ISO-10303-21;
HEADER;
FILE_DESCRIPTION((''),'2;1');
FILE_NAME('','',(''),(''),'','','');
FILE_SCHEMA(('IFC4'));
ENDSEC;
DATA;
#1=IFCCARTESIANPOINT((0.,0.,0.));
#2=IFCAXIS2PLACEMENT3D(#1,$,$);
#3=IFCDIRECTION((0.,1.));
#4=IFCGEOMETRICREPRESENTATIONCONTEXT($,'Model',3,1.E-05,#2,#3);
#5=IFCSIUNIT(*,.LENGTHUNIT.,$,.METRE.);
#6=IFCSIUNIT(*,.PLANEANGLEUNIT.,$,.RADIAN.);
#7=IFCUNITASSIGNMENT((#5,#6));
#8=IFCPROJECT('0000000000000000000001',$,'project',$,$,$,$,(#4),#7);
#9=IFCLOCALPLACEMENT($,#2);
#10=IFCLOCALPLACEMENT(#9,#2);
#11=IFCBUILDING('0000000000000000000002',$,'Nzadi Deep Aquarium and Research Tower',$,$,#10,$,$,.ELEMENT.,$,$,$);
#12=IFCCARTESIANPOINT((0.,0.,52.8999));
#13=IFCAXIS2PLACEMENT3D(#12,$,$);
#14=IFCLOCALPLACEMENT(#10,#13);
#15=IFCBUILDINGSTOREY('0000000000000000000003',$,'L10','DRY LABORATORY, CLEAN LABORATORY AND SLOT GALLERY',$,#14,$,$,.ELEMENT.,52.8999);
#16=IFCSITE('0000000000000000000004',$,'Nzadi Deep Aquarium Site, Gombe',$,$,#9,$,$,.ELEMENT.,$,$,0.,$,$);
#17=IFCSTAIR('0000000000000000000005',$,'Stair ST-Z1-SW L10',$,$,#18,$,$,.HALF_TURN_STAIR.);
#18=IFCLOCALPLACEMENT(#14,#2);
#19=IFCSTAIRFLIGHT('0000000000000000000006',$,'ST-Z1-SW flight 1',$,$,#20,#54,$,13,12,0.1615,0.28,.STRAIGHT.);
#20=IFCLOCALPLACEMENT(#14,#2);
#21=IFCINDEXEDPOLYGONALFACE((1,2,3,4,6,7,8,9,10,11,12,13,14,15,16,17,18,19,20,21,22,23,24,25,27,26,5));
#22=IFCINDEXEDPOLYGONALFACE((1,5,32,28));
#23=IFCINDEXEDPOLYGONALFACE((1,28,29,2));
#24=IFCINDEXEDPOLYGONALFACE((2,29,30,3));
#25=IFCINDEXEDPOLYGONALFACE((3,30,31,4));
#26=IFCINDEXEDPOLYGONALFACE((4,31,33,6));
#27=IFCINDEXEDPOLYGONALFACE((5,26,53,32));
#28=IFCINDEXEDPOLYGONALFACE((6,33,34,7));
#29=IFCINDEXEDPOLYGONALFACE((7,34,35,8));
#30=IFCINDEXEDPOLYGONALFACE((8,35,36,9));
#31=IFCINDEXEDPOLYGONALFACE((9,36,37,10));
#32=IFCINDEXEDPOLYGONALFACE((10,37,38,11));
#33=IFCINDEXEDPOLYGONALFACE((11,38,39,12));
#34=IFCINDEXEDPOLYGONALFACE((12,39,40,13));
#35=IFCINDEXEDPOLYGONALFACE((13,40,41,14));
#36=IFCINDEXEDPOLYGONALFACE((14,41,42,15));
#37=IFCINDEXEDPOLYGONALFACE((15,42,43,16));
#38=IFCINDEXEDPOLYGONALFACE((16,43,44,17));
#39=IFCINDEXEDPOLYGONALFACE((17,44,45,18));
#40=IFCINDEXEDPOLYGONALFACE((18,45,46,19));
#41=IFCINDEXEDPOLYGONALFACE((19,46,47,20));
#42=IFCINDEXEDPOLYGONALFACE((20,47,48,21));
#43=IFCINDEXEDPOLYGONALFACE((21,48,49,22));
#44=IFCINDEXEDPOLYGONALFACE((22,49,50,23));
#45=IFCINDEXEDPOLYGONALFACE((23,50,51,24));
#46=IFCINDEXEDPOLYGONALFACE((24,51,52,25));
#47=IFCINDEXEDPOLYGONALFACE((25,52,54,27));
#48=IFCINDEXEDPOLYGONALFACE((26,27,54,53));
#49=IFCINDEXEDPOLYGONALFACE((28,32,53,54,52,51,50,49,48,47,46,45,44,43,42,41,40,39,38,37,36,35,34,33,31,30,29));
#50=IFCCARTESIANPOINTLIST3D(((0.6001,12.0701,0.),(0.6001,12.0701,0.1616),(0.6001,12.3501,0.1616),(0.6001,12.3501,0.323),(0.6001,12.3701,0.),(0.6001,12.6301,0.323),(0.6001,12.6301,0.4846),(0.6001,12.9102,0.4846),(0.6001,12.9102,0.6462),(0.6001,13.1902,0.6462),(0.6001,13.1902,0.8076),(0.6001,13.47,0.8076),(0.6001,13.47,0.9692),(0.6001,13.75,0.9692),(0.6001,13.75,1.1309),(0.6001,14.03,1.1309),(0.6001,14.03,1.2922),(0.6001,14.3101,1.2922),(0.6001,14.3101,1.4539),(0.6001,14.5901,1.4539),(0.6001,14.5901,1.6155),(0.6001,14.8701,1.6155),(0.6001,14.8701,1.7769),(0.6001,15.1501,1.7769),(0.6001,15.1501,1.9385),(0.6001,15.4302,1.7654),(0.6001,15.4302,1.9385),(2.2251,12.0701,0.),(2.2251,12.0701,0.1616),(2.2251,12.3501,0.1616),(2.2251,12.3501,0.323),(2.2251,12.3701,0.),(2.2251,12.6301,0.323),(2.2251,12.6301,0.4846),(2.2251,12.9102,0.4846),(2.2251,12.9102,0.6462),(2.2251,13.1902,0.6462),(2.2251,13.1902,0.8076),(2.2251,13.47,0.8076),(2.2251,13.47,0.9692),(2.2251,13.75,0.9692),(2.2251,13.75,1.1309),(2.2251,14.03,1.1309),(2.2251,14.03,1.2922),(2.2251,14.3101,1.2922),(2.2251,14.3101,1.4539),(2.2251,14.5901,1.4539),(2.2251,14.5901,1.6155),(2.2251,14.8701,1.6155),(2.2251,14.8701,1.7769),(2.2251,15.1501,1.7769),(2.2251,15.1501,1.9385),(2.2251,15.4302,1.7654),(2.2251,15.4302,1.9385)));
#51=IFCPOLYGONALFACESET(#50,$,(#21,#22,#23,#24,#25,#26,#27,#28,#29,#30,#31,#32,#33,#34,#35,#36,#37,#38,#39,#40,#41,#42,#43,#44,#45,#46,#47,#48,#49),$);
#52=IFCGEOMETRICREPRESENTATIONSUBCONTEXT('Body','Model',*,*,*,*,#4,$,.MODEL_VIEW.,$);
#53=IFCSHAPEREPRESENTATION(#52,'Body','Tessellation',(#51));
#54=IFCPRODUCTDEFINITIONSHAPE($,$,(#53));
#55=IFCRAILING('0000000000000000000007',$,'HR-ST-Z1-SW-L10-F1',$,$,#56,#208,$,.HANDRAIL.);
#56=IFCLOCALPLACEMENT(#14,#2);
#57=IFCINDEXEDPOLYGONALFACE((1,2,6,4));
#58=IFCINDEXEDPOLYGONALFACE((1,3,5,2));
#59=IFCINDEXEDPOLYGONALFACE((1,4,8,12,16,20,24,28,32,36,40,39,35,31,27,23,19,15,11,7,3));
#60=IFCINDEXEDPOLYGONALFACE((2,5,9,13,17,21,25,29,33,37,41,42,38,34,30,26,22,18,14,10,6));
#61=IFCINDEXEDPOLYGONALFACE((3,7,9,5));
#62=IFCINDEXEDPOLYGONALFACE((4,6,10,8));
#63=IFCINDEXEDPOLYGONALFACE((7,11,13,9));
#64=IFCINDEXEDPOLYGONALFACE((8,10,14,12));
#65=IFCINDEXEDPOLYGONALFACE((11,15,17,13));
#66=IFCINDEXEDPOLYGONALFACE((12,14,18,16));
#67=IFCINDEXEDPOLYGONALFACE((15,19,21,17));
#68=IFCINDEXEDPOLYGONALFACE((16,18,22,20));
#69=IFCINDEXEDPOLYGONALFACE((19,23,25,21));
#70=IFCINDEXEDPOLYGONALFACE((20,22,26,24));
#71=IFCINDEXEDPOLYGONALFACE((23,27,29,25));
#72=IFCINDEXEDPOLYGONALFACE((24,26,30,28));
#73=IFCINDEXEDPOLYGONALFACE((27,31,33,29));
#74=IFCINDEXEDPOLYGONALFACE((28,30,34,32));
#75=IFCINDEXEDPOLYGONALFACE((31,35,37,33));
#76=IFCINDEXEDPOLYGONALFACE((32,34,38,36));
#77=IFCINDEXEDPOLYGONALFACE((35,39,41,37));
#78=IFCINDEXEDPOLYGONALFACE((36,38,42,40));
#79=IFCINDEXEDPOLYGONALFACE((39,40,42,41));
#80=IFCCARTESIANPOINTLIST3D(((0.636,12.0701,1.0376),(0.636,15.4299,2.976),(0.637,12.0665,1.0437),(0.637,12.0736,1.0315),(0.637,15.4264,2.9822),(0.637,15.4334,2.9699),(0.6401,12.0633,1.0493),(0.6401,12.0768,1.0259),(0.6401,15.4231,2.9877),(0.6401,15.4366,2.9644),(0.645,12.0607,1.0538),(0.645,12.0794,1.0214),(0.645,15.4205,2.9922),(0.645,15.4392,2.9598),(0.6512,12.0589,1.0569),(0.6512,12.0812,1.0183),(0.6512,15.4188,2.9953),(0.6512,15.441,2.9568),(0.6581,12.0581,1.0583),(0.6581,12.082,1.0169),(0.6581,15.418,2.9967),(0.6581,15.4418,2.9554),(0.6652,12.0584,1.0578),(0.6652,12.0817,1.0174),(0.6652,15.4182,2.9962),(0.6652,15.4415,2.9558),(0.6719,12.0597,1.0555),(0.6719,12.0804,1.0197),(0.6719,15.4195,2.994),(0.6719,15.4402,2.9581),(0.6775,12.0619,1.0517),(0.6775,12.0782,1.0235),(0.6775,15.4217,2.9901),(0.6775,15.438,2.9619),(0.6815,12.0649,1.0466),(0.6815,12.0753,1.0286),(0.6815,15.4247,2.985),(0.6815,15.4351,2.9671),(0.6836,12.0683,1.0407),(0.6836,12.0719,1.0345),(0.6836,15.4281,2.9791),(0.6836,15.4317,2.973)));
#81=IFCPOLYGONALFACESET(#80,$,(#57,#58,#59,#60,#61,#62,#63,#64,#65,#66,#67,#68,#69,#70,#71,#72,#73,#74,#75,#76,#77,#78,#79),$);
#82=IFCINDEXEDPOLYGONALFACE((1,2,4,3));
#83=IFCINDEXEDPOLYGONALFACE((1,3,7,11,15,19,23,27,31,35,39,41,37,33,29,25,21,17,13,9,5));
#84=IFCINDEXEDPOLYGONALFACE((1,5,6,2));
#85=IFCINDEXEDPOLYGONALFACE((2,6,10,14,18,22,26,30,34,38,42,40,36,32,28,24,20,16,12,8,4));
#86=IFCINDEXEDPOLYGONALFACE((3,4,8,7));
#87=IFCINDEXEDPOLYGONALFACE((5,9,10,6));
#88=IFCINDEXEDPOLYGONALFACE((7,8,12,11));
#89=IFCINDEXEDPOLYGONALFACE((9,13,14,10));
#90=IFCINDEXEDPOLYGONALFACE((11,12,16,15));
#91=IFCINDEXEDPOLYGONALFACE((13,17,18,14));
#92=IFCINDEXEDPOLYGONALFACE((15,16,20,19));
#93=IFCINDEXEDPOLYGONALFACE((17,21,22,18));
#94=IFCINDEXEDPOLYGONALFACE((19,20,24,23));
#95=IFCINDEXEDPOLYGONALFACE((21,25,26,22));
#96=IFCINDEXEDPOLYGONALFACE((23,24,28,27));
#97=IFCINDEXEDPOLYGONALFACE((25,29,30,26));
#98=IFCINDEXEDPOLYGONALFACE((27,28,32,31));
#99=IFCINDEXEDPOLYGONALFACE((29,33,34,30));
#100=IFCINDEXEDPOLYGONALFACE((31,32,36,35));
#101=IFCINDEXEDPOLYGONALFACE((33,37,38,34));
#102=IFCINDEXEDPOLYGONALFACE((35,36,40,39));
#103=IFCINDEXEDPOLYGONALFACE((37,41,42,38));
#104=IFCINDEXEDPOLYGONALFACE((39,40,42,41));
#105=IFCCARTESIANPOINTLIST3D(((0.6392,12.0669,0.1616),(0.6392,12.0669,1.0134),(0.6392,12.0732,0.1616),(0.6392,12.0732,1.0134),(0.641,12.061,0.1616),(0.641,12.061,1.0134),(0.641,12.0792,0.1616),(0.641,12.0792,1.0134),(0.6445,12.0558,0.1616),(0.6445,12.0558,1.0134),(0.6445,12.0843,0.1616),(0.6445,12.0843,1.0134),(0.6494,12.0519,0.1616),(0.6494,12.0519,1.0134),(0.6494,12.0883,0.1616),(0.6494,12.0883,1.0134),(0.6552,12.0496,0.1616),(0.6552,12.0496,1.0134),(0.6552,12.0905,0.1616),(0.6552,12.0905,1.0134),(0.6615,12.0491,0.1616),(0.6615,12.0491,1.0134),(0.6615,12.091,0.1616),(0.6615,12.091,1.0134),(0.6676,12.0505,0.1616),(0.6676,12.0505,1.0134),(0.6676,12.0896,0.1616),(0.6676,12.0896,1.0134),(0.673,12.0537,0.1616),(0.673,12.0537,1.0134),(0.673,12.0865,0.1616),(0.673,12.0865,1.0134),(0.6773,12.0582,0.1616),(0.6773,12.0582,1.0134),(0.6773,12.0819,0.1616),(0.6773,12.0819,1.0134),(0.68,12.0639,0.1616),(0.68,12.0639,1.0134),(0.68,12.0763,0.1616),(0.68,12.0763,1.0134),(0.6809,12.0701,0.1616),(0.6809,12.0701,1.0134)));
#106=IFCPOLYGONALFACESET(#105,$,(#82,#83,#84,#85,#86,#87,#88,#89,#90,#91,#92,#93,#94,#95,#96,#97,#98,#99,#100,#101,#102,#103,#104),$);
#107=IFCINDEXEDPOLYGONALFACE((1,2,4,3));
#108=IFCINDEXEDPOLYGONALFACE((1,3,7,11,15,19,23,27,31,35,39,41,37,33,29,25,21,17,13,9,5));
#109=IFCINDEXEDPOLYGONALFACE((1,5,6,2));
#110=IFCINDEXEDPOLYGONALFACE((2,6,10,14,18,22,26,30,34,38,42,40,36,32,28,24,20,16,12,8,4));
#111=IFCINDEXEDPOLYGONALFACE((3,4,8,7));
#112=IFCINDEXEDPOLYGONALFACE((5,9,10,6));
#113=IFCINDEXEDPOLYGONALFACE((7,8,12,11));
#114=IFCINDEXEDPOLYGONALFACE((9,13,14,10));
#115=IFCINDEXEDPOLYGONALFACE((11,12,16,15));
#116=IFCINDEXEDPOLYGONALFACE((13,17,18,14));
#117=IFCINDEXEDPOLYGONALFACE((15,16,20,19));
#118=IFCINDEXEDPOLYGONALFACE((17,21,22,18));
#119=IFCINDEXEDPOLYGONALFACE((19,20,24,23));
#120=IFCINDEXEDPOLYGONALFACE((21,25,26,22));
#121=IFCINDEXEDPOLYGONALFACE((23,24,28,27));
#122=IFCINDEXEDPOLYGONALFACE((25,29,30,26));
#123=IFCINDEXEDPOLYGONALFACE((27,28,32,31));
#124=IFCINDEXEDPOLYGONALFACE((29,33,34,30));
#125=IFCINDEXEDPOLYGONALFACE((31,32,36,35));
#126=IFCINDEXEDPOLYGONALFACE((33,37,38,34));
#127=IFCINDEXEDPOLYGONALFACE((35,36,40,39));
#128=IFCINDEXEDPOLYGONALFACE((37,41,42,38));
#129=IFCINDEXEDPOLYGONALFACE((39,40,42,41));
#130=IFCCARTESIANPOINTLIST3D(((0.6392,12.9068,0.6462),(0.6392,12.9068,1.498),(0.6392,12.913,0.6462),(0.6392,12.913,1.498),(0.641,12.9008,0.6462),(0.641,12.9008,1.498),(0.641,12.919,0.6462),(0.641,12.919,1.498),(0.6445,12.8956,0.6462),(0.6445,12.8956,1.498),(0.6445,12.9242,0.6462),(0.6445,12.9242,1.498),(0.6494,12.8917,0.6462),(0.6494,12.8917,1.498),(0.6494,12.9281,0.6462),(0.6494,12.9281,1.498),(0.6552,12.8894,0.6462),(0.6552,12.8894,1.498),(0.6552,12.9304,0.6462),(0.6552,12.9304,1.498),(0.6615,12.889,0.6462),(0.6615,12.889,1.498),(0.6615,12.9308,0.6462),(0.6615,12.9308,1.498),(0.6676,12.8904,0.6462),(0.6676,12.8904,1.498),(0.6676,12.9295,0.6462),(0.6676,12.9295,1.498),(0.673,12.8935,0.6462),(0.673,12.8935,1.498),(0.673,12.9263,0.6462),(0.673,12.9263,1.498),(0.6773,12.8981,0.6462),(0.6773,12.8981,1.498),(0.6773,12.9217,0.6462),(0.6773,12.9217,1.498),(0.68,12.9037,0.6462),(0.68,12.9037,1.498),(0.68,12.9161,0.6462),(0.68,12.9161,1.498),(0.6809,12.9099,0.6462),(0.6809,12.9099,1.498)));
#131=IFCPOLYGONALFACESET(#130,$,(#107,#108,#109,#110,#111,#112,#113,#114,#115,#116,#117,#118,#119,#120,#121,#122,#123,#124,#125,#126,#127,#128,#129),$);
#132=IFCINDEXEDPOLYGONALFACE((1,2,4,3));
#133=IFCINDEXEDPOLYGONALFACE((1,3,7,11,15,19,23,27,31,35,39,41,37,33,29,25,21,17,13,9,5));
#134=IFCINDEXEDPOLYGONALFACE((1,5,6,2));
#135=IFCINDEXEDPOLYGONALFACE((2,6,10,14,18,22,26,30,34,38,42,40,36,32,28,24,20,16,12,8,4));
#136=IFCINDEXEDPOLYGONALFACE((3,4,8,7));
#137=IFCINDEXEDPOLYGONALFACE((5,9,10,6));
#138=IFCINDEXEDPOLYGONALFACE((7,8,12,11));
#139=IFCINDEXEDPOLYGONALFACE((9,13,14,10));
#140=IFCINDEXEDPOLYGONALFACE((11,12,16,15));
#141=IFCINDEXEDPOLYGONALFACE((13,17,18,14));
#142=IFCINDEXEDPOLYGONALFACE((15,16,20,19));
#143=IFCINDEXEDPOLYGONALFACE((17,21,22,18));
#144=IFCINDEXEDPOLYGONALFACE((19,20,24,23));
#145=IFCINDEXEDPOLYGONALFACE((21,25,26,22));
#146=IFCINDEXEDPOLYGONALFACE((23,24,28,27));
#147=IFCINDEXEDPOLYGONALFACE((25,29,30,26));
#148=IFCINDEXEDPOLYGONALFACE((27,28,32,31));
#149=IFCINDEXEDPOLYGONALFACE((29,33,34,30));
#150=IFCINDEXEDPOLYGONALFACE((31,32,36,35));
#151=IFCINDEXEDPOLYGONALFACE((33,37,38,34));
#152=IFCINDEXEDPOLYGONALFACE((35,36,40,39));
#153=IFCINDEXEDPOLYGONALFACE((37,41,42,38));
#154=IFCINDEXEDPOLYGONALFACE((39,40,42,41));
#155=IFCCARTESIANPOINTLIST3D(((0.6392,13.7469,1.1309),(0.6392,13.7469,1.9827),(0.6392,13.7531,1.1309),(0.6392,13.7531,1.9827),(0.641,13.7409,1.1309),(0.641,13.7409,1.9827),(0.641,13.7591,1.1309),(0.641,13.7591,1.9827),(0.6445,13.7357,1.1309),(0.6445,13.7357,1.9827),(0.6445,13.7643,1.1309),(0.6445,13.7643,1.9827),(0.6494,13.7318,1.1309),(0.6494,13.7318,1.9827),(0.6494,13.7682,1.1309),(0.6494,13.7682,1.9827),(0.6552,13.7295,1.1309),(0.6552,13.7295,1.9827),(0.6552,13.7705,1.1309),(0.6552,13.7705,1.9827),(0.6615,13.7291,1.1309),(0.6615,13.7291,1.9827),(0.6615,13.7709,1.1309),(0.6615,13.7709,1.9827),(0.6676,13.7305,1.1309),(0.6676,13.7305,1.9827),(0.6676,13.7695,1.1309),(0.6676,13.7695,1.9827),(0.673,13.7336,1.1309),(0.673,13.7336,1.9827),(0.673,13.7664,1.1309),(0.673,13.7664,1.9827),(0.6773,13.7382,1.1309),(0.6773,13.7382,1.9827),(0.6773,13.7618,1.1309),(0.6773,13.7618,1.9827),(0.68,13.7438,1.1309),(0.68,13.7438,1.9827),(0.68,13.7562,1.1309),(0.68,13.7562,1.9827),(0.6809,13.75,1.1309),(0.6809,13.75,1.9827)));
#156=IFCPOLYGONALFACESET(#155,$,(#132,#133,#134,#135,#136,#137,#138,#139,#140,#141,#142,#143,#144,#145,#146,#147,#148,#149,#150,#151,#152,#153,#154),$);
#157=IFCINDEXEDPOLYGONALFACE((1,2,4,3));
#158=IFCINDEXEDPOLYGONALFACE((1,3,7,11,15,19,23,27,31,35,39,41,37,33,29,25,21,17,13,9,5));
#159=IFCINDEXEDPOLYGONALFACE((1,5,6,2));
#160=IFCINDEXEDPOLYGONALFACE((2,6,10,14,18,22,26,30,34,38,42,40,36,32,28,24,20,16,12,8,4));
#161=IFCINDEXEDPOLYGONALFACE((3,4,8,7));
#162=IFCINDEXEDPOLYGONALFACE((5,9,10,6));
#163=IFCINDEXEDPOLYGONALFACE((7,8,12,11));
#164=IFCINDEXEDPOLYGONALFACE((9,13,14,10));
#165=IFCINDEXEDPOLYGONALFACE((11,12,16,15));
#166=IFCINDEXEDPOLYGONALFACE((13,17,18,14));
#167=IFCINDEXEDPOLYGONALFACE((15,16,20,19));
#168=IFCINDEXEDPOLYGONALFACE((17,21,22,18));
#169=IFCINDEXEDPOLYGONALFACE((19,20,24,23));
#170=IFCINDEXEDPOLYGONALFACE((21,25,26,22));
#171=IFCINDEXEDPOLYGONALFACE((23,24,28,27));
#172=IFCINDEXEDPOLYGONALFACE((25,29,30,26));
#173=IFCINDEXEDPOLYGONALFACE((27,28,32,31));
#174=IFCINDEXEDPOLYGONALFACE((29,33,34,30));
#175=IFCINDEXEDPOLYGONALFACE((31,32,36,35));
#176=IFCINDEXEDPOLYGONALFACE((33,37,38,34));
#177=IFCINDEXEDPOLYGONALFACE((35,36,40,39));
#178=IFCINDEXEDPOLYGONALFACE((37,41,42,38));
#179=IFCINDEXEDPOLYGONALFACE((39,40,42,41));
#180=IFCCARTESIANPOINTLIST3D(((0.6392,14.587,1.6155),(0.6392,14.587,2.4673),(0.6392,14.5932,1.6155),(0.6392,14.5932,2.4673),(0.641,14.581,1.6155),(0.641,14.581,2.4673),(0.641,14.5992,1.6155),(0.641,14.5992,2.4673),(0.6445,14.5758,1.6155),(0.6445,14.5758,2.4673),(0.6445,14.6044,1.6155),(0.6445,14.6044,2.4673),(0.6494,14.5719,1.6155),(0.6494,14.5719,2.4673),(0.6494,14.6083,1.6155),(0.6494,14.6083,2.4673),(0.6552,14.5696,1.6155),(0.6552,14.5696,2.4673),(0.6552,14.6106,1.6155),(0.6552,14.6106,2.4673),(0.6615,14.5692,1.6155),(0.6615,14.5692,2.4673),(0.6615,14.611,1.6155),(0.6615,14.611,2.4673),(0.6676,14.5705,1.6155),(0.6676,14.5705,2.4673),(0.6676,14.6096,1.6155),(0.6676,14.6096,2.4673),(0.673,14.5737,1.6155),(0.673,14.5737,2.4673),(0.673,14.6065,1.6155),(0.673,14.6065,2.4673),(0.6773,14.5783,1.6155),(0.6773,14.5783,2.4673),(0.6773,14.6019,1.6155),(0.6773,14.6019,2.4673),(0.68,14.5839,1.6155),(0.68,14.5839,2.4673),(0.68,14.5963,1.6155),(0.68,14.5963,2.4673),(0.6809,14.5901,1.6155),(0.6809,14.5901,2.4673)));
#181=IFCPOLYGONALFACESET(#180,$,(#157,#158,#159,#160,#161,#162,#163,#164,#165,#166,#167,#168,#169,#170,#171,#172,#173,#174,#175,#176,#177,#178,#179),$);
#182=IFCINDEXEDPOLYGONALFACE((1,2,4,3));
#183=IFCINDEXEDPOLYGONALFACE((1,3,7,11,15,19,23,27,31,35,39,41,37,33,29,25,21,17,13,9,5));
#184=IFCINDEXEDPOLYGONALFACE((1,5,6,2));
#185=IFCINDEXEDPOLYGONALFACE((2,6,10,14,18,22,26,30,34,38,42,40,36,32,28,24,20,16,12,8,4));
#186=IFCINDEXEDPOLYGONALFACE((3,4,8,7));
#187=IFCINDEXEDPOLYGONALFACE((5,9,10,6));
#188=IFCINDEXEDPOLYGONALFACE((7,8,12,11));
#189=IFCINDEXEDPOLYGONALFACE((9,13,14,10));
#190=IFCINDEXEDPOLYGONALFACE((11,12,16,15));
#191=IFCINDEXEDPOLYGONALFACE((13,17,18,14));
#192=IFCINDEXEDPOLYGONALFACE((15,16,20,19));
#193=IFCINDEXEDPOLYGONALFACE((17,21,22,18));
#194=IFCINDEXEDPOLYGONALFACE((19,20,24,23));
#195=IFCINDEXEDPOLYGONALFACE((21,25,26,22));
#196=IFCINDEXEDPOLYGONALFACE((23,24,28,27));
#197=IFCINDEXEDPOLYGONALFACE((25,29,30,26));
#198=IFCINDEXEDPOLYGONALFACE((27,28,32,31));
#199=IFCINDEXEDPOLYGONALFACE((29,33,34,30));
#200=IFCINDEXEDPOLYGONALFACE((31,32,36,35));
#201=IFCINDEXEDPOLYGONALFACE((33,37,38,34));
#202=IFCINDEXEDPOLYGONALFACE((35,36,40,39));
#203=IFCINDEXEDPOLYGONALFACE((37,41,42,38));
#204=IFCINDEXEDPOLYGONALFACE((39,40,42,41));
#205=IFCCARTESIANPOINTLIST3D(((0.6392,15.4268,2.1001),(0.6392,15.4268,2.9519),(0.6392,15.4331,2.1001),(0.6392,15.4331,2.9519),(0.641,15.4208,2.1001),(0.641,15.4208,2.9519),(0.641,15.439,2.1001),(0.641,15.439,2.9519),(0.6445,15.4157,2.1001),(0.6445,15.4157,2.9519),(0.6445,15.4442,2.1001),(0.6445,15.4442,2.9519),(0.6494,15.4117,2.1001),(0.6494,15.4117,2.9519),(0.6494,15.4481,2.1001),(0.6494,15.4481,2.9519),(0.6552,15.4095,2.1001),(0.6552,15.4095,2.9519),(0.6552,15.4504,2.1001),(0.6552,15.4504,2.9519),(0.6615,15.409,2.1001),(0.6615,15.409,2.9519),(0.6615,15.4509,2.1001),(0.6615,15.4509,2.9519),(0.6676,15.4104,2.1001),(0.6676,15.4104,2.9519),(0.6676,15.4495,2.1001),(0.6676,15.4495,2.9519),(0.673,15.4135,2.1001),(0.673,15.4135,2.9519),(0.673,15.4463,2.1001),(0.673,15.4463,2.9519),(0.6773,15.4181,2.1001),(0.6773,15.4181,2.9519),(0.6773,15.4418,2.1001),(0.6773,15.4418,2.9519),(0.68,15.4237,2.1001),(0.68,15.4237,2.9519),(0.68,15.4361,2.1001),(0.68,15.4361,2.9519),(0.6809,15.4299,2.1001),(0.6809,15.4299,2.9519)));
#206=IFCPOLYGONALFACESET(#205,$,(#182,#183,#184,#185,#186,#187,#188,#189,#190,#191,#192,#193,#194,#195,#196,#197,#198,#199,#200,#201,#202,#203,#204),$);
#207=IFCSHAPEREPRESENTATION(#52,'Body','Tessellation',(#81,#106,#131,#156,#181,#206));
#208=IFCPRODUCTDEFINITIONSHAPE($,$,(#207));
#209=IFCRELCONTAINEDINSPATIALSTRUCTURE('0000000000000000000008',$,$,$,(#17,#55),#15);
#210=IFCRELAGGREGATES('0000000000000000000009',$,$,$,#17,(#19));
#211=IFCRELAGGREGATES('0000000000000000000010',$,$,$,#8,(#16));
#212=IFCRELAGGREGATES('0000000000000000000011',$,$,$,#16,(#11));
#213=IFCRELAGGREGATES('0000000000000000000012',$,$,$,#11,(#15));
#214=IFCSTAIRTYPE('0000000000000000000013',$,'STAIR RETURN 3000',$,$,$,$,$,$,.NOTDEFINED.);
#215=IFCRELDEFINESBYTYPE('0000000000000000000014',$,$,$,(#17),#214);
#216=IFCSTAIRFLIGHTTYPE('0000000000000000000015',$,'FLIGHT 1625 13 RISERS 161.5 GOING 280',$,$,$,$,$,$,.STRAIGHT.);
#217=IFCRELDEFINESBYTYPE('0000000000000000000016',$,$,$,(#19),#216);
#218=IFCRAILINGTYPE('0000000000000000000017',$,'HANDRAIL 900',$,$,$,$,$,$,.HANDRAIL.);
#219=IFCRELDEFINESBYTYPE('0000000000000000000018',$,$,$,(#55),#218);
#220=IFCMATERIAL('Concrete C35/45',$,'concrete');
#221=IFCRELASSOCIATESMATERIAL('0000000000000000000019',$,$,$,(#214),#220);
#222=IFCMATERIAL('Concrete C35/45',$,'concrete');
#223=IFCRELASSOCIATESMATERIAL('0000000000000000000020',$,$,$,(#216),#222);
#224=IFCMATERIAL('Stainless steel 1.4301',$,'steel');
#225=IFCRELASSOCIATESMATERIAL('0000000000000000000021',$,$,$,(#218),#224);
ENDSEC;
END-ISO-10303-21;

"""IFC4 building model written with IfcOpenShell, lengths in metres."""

from ifc_helpers import new_model, si_unit, direction, frame, origin, origin_2d, place, context, subcontext, project, spatial, polyline, circle, outline, extrude, material, type_object, element, aggregate, save


model = new_model("IFC4")

# Units and contexts
model_context = context("Model", 3, precision=1e-05, world=origin(), true_north=direction((0.0, 1.0)))
body_context = subcontext(model_context, "Body", "Model", "MODEL_VIEW")
ifc_project = project(units=[si_unit("LENGTHUNIT", "METRE"), si_unit("PLANEANGLEUNIT", "RADIAN")], contexts=[model_context])

# Site, building, storey
site_placement = place(None, origin())
site = spatial("IfcSite", under=ifc_project, at=site_placement, Name="Nzadi Deep Aquarium Site, Gombe", CompositionType="ELEMENT", RefElevation=0.0)
building_placement = place(site_placement, origin())
building = spatial("IfcBuilding", under=site, at=building_placement, Name="Nzadi Deep Aquarium and Research Tower", CompositionType="ELEMENT")
storey_placement = place(building_placement, frame((0.0, 0.0, 52.8999)))
storey = spatial("IfcBuildingStorey", under=building, at=storey_placement, Name="L10", Description="DRY LABORATORY, CLEAN LABORATORY AND SLOT GALLERY", CompositionType="ELEMENT", Elevation=52.8999)

# Stair, stair flight
ifc_material_1 = material(Name="Concrete C35/45", Category="concrete")
stair_type = type_object("IfcStairType", Name="STAIR RETURN 3000", PredefinedType="NOTDEFINED", material=ifc_material_1)
stair_placement = place(storey_placement, origin())
stair = element("IfcStair", 1, at=stair_placement, inside=storey, type_object=stair_type, Name="Stair ST-Z1-SW L10", PredefinedType="HALF_TURN_STAIR")
ifc_material_2 = material(Name="Concrete C35/45", Category="concrete")
stair_flight_type = type_object("IfcStairFlightType", Name="FLIGHT 1625 13 RISERS 161.5 GOING 280", PredefinedType="STRAIGHT", material=ifc_material_2)
stair_flight_placement = place(storey_placement, frame((1.4126, 12.0701, 0.0), z_axis=(0.0, 0.0, 1.0), x_axis=(0.0, 1.0, 0.0)))
stair_flight = element("IfcStairFlight", 2, at=stair_flight_placement, type_object=stair_flight_type, Name="ST-Z1-SW flight 1", NumberOfRisers=13, NumberOfTreads=12, PredefinedType="STRAIGHT", RiserHeight=0.1615, TreadLength=0.28, context=body_context, shape_type="SweptSolid", body=[
    extrude(outline(polyline([(0.0, 0.0), (0.0, 0.1616), (0.28, 0.1616), (0.28, 0.323), (0.5601, 0.323), (0.5601, 0.4846), (0.8401, 0.4846), (0.8401, 0.6462), (1.1201, 0.6462), (1.1201, 0.8076), (1.3999, 0.8076), (1.3999, 0.9692), (1.6799, 0.9692), (1.6799, 1.1309), (1.96, 1.1309), (1.96, 1.2922), (2.24, 1.2922), (2.24, 1.4539), (2.52, 1.4539), (2.52, 1.6155), (2.8, 1.6155), (2.8, 1.7769), (3.0801, 1.7769), (3.0801, 1.9385), (3.3601, 1.9385), (3.3601, 2.1001), (3.3601, 1.7654), (0.3, 0.0), (0.0, 0.0)])), frame((0.0, 0.8125, 0.0), z_axis=(0.0, -1.0, 0.0), x_axis=(1.0, 0.0, 0.0)), (0.0, 0.0, 1.0), 1.625),
])
aggregate(stair, [stair_flight])

# Railing
ifc_material_3 = material(Name="Stainless steel 1.4301", Category="steel")
railing_type = type_object("IfcRailingType", Name="HANDRAIL 900", PredefinedType="HANDRAIL", material=ifc_material_3)
for number, where, name in (
    (3, (0.6599, 12.0701, 0.1616), "HR-ST-Z1-SW-L10-F1"),
):
    element("IfcRailing", number, at=place(storey_placement, frame(where)), inside=storey, type_object=railing_type, Name=name, PredefinedType="HANDRAIL", context=body_context, shape_type="SweptSolid", body=[
        extrude(circle(Radius=0.0239, at=origin_2d()), frame((0.0, 0.0, 0.876), z_axis=(0.0, 0.866175, 0.499741), x_axis=(-1.0, 0.0, 0.0)), (0.0, 0.0, 1.0), 3.8789),
        extrude(circle(Radius=0.021, at=origin_2d()), origin(), (0.0, 0.0, 1.0), 0.8518),
        extrude(circle(Radius=0.021, at=origin_2d()), frame((0.0, 0.8398, 0.4846)), (0.0, 0.0, 1.0), 0.8518),
        extrude(circle(Radius=0.021, at=origin_2d()), frame((0.0, 1.6799, 0.9692)), (0.0, 0.0, 1.0), 0.8518),
        extrude(circle(Radius=0.021, at=origin_2d()), frame((0.0, 2.52, 1.4539)), (0.0, 0.0, 1.0), 0.8518),
        extrude(circle(Radius=0.021, at=origin_2d()), frame((0.0, 3.3599, 1.9385)), (0.0, 0.0, 1.0), 0.8518),
    ])

save(model, "model.ifc")
